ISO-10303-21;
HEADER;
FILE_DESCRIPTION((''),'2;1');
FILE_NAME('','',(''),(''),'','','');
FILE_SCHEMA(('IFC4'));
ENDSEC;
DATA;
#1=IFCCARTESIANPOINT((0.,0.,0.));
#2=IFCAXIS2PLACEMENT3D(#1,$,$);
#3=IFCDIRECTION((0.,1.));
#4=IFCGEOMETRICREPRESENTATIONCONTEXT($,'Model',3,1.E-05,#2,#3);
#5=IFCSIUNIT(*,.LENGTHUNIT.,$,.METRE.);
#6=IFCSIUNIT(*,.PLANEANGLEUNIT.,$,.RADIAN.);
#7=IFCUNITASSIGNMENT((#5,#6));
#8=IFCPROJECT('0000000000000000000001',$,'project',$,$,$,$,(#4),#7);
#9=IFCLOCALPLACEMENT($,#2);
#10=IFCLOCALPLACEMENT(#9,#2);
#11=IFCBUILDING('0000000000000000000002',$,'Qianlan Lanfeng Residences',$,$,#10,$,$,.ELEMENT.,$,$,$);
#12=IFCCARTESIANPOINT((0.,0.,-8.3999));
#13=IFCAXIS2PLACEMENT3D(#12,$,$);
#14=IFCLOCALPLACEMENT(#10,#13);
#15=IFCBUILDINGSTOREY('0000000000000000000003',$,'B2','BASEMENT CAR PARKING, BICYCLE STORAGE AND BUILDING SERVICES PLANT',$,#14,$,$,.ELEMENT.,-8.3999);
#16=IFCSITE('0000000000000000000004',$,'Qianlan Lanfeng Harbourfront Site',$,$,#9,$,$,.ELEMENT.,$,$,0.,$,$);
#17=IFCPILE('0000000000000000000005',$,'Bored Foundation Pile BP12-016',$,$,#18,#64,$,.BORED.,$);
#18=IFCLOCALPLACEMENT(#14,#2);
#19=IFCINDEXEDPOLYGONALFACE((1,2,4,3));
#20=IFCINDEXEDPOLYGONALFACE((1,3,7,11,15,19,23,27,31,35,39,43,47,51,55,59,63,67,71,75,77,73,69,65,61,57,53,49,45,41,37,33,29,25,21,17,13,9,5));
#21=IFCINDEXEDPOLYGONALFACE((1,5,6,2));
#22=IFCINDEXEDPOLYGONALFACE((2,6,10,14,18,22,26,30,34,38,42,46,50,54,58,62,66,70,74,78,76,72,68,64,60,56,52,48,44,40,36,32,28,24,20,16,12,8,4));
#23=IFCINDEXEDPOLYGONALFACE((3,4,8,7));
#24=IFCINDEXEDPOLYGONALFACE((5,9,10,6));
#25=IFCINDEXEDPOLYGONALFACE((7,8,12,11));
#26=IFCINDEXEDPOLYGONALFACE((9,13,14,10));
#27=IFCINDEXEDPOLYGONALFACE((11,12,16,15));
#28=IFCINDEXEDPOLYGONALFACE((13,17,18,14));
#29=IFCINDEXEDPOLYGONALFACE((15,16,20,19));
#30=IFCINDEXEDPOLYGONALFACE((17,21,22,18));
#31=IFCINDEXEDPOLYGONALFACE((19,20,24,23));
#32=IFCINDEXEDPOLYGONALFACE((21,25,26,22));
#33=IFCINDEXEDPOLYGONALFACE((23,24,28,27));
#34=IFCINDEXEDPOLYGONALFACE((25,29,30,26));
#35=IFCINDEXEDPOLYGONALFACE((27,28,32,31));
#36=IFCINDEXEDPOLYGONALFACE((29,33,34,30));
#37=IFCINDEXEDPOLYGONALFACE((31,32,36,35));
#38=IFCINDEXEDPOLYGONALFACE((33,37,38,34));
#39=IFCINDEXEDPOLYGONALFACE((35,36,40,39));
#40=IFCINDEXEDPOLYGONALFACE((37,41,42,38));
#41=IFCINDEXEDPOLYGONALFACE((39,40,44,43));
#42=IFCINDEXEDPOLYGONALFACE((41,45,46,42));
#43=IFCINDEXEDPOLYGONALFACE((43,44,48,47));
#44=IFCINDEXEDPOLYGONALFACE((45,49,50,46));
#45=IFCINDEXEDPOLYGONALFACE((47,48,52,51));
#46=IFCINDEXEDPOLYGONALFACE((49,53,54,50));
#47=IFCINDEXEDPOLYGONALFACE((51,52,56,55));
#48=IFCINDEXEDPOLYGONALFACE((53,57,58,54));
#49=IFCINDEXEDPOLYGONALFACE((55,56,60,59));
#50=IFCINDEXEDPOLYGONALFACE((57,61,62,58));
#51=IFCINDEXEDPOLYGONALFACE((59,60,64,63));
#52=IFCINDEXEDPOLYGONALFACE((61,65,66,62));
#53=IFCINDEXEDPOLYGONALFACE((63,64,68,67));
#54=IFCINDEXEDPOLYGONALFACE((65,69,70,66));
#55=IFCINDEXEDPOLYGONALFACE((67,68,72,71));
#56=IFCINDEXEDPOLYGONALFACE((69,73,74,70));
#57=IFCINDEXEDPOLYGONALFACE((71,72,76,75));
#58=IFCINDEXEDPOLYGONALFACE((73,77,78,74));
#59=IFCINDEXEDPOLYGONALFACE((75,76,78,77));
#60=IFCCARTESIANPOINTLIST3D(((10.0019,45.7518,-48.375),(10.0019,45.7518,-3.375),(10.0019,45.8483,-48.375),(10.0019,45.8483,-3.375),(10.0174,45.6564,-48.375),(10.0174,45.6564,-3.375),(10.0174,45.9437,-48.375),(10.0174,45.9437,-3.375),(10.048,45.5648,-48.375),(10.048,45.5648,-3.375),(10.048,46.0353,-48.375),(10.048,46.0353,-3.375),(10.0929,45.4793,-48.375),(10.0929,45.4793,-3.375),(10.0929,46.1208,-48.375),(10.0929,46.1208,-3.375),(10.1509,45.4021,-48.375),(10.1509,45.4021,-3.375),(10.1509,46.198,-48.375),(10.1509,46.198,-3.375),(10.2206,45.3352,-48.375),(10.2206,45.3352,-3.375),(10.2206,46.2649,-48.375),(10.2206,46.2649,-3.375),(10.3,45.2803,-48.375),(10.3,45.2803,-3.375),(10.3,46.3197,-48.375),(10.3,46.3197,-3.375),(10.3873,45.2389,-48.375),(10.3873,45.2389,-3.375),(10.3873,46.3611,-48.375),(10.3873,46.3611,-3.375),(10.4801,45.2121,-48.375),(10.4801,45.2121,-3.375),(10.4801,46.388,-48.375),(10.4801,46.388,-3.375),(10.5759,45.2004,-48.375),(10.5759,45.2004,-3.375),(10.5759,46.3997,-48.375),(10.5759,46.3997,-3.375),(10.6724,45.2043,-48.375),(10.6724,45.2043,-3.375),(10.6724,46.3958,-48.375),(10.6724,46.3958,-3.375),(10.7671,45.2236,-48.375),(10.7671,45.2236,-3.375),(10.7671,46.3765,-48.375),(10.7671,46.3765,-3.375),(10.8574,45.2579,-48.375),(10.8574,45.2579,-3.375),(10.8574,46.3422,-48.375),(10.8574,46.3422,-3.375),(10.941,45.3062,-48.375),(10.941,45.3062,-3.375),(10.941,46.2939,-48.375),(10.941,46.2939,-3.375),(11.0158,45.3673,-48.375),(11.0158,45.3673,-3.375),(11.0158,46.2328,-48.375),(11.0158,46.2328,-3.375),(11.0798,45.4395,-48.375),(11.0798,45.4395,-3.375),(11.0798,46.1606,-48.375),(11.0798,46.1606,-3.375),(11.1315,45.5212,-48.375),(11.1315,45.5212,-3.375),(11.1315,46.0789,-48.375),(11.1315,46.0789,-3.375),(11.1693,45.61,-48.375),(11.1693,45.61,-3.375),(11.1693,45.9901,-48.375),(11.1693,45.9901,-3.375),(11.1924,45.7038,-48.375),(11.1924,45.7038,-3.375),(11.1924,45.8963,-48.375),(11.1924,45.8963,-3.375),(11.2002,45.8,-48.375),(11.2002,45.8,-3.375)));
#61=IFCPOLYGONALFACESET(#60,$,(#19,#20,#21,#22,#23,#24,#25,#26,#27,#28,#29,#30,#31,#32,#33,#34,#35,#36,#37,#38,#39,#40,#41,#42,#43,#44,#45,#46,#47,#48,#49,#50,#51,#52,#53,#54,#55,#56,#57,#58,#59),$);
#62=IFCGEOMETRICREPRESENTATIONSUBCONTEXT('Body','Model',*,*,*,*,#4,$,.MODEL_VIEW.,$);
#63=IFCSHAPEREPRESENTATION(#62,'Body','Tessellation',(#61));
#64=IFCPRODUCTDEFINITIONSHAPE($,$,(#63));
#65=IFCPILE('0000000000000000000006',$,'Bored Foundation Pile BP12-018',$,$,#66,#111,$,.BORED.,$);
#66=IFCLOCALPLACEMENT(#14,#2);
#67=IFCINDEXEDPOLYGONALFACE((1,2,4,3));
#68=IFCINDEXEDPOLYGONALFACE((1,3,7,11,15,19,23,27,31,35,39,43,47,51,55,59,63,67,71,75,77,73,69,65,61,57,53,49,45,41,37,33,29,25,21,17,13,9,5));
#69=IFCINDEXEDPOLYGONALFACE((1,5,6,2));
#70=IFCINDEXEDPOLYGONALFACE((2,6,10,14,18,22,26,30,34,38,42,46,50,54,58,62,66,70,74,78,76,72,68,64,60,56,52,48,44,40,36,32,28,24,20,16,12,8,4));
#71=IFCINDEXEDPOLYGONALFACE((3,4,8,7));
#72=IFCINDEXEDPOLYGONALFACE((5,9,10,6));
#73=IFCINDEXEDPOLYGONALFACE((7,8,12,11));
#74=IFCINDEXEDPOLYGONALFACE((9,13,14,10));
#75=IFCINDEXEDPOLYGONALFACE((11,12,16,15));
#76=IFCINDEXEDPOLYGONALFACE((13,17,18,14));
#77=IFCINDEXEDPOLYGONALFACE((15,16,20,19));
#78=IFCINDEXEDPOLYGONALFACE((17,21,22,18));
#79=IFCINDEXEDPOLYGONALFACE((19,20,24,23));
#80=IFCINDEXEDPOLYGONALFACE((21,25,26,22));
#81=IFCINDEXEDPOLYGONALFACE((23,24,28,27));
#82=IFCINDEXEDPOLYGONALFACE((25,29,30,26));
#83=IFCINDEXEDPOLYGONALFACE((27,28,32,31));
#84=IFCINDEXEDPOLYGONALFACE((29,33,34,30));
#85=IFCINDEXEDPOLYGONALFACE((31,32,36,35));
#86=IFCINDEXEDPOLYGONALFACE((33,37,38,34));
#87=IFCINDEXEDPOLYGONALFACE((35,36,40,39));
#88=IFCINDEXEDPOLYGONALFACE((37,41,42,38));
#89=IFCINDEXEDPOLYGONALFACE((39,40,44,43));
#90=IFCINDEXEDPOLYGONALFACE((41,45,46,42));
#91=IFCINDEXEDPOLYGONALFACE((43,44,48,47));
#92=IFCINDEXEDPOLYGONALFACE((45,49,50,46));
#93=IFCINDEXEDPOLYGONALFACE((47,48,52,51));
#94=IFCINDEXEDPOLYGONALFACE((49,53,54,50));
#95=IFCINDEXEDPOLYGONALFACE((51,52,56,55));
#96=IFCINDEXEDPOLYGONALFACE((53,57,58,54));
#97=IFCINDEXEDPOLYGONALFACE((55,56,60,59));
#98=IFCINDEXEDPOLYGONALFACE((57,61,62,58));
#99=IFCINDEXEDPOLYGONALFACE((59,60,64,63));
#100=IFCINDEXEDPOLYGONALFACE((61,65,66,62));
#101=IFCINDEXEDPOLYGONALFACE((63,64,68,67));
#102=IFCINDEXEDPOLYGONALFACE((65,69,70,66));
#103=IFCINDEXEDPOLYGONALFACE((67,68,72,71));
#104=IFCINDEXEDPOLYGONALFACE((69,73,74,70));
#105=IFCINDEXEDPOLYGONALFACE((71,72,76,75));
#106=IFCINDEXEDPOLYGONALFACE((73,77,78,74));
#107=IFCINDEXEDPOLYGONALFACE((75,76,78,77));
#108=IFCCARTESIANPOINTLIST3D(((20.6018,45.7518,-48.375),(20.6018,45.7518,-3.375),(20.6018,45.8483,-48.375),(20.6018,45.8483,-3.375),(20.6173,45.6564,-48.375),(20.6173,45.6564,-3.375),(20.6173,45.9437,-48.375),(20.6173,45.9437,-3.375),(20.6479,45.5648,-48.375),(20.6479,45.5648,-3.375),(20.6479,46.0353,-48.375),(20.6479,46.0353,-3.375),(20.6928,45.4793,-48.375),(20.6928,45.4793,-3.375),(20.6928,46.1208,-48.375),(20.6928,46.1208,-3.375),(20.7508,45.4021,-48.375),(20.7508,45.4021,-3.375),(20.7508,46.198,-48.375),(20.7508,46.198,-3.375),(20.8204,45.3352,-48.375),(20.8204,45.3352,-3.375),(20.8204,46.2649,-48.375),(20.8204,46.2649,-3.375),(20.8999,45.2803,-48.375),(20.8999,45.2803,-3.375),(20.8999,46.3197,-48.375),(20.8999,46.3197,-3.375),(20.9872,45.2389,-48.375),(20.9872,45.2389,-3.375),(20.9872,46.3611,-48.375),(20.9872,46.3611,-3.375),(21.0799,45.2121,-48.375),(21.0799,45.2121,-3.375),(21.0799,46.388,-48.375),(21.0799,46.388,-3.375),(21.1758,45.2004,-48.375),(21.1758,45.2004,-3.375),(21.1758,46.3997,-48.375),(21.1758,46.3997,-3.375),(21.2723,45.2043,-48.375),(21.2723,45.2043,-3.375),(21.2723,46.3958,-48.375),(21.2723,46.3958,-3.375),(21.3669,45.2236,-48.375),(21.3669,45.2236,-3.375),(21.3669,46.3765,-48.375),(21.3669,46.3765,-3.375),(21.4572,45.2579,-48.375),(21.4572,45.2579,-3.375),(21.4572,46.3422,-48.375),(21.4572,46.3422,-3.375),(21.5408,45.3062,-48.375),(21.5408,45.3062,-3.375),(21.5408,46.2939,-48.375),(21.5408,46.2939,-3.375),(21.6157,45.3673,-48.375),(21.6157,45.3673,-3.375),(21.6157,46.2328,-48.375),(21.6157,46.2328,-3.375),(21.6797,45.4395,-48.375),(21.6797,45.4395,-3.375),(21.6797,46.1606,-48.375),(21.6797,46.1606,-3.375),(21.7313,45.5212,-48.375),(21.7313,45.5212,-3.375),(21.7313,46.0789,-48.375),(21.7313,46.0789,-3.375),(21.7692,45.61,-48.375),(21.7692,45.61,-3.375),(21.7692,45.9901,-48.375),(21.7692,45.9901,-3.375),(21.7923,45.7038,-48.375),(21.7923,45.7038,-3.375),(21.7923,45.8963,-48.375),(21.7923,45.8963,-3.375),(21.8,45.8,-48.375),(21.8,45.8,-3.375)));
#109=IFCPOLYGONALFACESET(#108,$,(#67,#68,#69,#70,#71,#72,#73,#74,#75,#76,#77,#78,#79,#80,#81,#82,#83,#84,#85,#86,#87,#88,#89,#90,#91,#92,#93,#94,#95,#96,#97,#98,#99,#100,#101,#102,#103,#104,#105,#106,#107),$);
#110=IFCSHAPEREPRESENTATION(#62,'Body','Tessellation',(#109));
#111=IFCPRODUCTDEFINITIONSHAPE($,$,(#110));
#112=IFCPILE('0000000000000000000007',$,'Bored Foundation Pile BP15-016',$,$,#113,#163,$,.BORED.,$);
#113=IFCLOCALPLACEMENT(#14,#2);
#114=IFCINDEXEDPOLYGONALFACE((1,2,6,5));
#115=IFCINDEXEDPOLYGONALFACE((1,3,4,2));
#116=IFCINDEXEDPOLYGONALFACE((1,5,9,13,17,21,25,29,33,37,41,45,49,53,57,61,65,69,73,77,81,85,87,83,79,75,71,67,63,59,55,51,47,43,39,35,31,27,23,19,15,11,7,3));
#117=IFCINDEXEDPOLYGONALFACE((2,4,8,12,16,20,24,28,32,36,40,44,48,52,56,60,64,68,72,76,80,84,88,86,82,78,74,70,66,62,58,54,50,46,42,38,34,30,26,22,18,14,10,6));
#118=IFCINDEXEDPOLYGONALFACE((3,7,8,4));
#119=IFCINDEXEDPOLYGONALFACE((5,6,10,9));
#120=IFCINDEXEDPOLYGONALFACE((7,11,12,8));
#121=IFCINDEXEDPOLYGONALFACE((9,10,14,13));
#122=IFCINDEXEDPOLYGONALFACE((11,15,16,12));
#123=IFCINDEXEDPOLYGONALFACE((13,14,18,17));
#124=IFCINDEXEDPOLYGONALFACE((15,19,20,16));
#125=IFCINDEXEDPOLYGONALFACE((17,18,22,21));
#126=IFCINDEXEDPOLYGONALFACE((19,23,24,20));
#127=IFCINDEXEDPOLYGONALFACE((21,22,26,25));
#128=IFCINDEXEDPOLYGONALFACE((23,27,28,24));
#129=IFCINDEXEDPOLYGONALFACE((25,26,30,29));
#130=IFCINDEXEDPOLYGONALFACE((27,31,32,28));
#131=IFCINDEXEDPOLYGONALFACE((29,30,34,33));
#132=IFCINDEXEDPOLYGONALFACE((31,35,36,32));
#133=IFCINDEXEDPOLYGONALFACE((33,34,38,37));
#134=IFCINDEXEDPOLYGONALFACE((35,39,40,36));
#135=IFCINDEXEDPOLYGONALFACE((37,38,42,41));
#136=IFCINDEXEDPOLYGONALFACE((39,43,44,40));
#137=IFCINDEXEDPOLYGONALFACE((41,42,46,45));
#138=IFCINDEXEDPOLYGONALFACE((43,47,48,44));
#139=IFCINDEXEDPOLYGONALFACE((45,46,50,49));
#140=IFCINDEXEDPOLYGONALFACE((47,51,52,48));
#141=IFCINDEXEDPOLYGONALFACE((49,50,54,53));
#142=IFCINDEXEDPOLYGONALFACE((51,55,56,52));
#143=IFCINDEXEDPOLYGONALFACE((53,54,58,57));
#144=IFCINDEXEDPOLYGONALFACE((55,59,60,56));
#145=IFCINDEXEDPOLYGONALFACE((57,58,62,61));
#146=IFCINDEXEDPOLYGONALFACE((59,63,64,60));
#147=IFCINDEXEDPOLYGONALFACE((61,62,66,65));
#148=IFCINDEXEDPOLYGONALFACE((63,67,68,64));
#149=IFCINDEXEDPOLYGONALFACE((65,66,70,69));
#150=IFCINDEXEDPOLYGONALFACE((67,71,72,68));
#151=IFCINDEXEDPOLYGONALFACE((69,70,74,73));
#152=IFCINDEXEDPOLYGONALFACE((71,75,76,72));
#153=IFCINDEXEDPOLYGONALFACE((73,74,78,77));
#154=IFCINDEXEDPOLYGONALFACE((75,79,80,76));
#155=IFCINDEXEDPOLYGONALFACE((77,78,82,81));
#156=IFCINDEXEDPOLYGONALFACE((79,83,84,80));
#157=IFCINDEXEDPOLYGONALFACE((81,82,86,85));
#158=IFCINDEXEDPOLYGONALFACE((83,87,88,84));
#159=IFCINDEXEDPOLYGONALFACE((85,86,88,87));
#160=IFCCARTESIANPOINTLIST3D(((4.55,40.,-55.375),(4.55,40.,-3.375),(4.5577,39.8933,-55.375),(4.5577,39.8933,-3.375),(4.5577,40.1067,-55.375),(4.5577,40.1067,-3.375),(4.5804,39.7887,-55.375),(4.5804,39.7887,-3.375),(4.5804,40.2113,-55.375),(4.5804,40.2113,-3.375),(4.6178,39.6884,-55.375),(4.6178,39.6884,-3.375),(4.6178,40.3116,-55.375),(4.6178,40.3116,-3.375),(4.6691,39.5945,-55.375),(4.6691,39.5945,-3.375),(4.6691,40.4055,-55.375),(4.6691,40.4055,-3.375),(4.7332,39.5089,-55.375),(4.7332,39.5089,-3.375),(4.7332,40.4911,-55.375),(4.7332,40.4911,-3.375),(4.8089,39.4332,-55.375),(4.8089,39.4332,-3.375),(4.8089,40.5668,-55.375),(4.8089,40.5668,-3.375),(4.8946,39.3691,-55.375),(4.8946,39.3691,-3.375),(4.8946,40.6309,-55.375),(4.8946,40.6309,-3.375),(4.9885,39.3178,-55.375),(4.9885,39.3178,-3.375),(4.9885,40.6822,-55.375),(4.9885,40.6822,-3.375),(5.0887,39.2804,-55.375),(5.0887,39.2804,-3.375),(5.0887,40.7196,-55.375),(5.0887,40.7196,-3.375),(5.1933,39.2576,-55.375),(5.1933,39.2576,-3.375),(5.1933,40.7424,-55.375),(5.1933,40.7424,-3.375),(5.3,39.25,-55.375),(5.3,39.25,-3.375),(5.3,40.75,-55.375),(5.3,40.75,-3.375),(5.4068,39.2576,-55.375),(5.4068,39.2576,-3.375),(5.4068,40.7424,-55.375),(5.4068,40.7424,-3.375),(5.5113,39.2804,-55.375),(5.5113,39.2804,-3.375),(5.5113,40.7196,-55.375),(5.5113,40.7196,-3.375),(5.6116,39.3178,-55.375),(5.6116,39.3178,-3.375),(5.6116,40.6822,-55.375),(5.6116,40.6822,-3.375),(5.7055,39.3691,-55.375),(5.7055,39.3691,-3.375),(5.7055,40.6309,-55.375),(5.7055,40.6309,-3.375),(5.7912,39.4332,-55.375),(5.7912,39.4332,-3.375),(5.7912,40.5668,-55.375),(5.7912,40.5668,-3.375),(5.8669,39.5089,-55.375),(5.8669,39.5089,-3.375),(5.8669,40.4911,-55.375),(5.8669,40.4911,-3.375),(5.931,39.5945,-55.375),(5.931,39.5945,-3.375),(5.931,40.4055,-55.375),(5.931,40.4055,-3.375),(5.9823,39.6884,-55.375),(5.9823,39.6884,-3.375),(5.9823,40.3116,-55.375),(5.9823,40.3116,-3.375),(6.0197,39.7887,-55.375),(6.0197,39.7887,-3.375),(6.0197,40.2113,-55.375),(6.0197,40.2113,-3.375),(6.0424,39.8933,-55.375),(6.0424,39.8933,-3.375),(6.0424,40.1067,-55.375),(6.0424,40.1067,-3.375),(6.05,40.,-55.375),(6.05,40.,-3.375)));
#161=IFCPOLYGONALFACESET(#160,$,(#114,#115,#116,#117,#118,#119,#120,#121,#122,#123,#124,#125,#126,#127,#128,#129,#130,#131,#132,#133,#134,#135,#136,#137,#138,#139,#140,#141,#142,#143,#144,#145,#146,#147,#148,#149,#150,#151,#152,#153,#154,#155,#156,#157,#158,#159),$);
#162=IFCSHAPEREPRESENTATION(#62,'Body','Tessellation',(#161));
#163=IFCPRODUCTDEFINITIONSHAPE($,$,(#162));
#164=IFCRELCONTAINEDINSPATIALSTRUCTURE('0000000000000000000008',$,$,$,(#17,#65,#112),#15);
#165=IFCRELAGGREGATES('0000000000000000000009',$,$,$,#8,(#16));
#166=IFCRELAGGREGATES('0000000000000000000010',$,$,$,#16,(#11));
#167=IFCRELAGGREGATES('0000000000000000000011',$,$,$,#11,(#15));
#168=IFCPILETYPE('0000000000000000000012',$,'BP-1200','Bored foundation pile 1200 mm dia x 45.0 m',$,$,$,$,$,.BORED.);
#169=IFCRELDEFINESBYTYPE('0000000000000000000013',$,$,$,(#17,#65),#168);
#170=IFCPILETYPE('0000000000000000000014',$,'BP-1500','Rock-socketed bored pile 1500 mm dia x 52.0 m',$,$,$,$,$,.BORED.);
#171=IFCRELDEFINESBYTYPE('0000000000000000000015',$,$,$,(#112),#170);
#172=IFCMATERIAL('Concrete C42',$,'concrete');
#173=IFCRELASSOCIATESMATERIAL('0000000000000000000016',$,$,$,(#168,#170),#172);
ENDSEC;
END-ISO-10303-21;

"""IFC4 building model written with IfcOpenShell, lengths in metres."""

from ifc_helpers import new_model, si_unit, direction, frame, origin, origin_2d, place, context, subcontext, project, spatial, circle, extrude, material, material_profile, profile_set, type_object, element, save


model = new_model("IFC4")

# Units and contexts
model_context = context("Model", 3, precision=1e-05, world=origin(), true_north=direction((0.0, 1.0)))
body_context = subcontext(model_context, "Body", "Model", "MODEL_VIEW")
ifc_project = project(units=[si_unit("LENGTHUNIT", "METRE"), si_unit("PLANEANGLEUNIT", "RADIAN")], contexts=[model_context])

# Site, building, storey
site_placement = place(None, origin())
site = spatial("IfcSite", under=ifc_project, at=site_placement, Name="Qianlan Lanfeng Harbourfront Site", CompositionType="ELEMENT", RefElevation=0.0)
building_placement = place(site_placement, origin())
building = spatial("IfcBuilding", under=site, at=building_placement, Name="Qianlan Lanfeng Residences", CompositionType="ELEMENT")
storey_placement = place(building_placement, frame((0.0, 0.0, -8.3999)))
storey = spatial("IfcBuildingStorey", under=building, at=storey_placement, Name="B2", Description="BASEMENT CAR PARKING, BICYCLE STORAGE AND BUILDING SERVICES PLANT", CompositionType="ELEMENT", Elevation=-8.3999)

# Piles
ifc_material_1 = material(Name="Concrete C42", Category="concrete")
ifc_material_profile_1 = material_profile(ifc_material_1, circle(Radius=0.6001, at=origin_2d()), Name="PILE D1200")
ifc_profile_set_1 = profile_set([ifc_material_profile_1], Name="Concrete C42")
pile_type_1 = type_object("IfcPileType", Name="BP-1200", Description="Bored foundation pile 1200 mm dia x 45.0 m", PredefinedType="BORED", material=ifc_profile_set_1)
for number, where, z_axis, x_axis, name in (
    (1, (10.6001, 45.8, -3.375), (0.0, 0.0, -1.0), (1.0, 0.0, 0.0), "Bored Foundation Pile BP12-016"),
    (2, (21.2, 45.8, -3.375), (0.0, 0.0, -1.0), (1.0, 0.0, 0.0), "Bored Foundation Pile BP12-018"),
):
    element("IfcPile", number, at=place(storey_placement, frame(where, z_axis=z_axis, x_axis=x_axis)), inside=storey, type_object=pile_type_1, Name=name, PredefinedType="BORED", context=body_context, shape_type="SweptSolid", body=[
        extrude(circle(Radius=0.6001, at=origin_2d()), origin(), (0.0, 0.0, 1.0), 45.0),
    ])
ifc_material_profile_2 = material_profile(ifc_material_1, circle(Radius=0.75, at=origin_2d()), Name="PILE D1500")
ifc_profile_set_2 = profile_set([ifc_material_profile_2], Name="Concrete C42")
pile_type_2 = type_object("IfcPileType", Name="BP-1500", Description="Rock-socketed bored pile 1500 mm dia x 52.0 m", PredefinedType="BORED", material=ifc_profile_set_2)
for number, where, z_axis, x_axis, name in (
    (3, (5.3, 40.0, -3.375), (0.0, 0.0, -1.0), (1.0, 0.0, 0.0), "Bored Foundation Pile BP15-016"),
):
    element("IfcPile", number, at=place(storey_placement, frame(where, z_axis=z_axis, x_axis=x_axis)), inside=storey, type_object=pile_type_2, Name=name, PredefinedType="BORED", context=body_context, shape_type="SweptSolid", body=[
        extrude(circle(Radius=0.75, at=origin_2d()), origin(), (0.0, 0.0, 1.0), 52.0),
    ])

save(model, "model.ifc")
